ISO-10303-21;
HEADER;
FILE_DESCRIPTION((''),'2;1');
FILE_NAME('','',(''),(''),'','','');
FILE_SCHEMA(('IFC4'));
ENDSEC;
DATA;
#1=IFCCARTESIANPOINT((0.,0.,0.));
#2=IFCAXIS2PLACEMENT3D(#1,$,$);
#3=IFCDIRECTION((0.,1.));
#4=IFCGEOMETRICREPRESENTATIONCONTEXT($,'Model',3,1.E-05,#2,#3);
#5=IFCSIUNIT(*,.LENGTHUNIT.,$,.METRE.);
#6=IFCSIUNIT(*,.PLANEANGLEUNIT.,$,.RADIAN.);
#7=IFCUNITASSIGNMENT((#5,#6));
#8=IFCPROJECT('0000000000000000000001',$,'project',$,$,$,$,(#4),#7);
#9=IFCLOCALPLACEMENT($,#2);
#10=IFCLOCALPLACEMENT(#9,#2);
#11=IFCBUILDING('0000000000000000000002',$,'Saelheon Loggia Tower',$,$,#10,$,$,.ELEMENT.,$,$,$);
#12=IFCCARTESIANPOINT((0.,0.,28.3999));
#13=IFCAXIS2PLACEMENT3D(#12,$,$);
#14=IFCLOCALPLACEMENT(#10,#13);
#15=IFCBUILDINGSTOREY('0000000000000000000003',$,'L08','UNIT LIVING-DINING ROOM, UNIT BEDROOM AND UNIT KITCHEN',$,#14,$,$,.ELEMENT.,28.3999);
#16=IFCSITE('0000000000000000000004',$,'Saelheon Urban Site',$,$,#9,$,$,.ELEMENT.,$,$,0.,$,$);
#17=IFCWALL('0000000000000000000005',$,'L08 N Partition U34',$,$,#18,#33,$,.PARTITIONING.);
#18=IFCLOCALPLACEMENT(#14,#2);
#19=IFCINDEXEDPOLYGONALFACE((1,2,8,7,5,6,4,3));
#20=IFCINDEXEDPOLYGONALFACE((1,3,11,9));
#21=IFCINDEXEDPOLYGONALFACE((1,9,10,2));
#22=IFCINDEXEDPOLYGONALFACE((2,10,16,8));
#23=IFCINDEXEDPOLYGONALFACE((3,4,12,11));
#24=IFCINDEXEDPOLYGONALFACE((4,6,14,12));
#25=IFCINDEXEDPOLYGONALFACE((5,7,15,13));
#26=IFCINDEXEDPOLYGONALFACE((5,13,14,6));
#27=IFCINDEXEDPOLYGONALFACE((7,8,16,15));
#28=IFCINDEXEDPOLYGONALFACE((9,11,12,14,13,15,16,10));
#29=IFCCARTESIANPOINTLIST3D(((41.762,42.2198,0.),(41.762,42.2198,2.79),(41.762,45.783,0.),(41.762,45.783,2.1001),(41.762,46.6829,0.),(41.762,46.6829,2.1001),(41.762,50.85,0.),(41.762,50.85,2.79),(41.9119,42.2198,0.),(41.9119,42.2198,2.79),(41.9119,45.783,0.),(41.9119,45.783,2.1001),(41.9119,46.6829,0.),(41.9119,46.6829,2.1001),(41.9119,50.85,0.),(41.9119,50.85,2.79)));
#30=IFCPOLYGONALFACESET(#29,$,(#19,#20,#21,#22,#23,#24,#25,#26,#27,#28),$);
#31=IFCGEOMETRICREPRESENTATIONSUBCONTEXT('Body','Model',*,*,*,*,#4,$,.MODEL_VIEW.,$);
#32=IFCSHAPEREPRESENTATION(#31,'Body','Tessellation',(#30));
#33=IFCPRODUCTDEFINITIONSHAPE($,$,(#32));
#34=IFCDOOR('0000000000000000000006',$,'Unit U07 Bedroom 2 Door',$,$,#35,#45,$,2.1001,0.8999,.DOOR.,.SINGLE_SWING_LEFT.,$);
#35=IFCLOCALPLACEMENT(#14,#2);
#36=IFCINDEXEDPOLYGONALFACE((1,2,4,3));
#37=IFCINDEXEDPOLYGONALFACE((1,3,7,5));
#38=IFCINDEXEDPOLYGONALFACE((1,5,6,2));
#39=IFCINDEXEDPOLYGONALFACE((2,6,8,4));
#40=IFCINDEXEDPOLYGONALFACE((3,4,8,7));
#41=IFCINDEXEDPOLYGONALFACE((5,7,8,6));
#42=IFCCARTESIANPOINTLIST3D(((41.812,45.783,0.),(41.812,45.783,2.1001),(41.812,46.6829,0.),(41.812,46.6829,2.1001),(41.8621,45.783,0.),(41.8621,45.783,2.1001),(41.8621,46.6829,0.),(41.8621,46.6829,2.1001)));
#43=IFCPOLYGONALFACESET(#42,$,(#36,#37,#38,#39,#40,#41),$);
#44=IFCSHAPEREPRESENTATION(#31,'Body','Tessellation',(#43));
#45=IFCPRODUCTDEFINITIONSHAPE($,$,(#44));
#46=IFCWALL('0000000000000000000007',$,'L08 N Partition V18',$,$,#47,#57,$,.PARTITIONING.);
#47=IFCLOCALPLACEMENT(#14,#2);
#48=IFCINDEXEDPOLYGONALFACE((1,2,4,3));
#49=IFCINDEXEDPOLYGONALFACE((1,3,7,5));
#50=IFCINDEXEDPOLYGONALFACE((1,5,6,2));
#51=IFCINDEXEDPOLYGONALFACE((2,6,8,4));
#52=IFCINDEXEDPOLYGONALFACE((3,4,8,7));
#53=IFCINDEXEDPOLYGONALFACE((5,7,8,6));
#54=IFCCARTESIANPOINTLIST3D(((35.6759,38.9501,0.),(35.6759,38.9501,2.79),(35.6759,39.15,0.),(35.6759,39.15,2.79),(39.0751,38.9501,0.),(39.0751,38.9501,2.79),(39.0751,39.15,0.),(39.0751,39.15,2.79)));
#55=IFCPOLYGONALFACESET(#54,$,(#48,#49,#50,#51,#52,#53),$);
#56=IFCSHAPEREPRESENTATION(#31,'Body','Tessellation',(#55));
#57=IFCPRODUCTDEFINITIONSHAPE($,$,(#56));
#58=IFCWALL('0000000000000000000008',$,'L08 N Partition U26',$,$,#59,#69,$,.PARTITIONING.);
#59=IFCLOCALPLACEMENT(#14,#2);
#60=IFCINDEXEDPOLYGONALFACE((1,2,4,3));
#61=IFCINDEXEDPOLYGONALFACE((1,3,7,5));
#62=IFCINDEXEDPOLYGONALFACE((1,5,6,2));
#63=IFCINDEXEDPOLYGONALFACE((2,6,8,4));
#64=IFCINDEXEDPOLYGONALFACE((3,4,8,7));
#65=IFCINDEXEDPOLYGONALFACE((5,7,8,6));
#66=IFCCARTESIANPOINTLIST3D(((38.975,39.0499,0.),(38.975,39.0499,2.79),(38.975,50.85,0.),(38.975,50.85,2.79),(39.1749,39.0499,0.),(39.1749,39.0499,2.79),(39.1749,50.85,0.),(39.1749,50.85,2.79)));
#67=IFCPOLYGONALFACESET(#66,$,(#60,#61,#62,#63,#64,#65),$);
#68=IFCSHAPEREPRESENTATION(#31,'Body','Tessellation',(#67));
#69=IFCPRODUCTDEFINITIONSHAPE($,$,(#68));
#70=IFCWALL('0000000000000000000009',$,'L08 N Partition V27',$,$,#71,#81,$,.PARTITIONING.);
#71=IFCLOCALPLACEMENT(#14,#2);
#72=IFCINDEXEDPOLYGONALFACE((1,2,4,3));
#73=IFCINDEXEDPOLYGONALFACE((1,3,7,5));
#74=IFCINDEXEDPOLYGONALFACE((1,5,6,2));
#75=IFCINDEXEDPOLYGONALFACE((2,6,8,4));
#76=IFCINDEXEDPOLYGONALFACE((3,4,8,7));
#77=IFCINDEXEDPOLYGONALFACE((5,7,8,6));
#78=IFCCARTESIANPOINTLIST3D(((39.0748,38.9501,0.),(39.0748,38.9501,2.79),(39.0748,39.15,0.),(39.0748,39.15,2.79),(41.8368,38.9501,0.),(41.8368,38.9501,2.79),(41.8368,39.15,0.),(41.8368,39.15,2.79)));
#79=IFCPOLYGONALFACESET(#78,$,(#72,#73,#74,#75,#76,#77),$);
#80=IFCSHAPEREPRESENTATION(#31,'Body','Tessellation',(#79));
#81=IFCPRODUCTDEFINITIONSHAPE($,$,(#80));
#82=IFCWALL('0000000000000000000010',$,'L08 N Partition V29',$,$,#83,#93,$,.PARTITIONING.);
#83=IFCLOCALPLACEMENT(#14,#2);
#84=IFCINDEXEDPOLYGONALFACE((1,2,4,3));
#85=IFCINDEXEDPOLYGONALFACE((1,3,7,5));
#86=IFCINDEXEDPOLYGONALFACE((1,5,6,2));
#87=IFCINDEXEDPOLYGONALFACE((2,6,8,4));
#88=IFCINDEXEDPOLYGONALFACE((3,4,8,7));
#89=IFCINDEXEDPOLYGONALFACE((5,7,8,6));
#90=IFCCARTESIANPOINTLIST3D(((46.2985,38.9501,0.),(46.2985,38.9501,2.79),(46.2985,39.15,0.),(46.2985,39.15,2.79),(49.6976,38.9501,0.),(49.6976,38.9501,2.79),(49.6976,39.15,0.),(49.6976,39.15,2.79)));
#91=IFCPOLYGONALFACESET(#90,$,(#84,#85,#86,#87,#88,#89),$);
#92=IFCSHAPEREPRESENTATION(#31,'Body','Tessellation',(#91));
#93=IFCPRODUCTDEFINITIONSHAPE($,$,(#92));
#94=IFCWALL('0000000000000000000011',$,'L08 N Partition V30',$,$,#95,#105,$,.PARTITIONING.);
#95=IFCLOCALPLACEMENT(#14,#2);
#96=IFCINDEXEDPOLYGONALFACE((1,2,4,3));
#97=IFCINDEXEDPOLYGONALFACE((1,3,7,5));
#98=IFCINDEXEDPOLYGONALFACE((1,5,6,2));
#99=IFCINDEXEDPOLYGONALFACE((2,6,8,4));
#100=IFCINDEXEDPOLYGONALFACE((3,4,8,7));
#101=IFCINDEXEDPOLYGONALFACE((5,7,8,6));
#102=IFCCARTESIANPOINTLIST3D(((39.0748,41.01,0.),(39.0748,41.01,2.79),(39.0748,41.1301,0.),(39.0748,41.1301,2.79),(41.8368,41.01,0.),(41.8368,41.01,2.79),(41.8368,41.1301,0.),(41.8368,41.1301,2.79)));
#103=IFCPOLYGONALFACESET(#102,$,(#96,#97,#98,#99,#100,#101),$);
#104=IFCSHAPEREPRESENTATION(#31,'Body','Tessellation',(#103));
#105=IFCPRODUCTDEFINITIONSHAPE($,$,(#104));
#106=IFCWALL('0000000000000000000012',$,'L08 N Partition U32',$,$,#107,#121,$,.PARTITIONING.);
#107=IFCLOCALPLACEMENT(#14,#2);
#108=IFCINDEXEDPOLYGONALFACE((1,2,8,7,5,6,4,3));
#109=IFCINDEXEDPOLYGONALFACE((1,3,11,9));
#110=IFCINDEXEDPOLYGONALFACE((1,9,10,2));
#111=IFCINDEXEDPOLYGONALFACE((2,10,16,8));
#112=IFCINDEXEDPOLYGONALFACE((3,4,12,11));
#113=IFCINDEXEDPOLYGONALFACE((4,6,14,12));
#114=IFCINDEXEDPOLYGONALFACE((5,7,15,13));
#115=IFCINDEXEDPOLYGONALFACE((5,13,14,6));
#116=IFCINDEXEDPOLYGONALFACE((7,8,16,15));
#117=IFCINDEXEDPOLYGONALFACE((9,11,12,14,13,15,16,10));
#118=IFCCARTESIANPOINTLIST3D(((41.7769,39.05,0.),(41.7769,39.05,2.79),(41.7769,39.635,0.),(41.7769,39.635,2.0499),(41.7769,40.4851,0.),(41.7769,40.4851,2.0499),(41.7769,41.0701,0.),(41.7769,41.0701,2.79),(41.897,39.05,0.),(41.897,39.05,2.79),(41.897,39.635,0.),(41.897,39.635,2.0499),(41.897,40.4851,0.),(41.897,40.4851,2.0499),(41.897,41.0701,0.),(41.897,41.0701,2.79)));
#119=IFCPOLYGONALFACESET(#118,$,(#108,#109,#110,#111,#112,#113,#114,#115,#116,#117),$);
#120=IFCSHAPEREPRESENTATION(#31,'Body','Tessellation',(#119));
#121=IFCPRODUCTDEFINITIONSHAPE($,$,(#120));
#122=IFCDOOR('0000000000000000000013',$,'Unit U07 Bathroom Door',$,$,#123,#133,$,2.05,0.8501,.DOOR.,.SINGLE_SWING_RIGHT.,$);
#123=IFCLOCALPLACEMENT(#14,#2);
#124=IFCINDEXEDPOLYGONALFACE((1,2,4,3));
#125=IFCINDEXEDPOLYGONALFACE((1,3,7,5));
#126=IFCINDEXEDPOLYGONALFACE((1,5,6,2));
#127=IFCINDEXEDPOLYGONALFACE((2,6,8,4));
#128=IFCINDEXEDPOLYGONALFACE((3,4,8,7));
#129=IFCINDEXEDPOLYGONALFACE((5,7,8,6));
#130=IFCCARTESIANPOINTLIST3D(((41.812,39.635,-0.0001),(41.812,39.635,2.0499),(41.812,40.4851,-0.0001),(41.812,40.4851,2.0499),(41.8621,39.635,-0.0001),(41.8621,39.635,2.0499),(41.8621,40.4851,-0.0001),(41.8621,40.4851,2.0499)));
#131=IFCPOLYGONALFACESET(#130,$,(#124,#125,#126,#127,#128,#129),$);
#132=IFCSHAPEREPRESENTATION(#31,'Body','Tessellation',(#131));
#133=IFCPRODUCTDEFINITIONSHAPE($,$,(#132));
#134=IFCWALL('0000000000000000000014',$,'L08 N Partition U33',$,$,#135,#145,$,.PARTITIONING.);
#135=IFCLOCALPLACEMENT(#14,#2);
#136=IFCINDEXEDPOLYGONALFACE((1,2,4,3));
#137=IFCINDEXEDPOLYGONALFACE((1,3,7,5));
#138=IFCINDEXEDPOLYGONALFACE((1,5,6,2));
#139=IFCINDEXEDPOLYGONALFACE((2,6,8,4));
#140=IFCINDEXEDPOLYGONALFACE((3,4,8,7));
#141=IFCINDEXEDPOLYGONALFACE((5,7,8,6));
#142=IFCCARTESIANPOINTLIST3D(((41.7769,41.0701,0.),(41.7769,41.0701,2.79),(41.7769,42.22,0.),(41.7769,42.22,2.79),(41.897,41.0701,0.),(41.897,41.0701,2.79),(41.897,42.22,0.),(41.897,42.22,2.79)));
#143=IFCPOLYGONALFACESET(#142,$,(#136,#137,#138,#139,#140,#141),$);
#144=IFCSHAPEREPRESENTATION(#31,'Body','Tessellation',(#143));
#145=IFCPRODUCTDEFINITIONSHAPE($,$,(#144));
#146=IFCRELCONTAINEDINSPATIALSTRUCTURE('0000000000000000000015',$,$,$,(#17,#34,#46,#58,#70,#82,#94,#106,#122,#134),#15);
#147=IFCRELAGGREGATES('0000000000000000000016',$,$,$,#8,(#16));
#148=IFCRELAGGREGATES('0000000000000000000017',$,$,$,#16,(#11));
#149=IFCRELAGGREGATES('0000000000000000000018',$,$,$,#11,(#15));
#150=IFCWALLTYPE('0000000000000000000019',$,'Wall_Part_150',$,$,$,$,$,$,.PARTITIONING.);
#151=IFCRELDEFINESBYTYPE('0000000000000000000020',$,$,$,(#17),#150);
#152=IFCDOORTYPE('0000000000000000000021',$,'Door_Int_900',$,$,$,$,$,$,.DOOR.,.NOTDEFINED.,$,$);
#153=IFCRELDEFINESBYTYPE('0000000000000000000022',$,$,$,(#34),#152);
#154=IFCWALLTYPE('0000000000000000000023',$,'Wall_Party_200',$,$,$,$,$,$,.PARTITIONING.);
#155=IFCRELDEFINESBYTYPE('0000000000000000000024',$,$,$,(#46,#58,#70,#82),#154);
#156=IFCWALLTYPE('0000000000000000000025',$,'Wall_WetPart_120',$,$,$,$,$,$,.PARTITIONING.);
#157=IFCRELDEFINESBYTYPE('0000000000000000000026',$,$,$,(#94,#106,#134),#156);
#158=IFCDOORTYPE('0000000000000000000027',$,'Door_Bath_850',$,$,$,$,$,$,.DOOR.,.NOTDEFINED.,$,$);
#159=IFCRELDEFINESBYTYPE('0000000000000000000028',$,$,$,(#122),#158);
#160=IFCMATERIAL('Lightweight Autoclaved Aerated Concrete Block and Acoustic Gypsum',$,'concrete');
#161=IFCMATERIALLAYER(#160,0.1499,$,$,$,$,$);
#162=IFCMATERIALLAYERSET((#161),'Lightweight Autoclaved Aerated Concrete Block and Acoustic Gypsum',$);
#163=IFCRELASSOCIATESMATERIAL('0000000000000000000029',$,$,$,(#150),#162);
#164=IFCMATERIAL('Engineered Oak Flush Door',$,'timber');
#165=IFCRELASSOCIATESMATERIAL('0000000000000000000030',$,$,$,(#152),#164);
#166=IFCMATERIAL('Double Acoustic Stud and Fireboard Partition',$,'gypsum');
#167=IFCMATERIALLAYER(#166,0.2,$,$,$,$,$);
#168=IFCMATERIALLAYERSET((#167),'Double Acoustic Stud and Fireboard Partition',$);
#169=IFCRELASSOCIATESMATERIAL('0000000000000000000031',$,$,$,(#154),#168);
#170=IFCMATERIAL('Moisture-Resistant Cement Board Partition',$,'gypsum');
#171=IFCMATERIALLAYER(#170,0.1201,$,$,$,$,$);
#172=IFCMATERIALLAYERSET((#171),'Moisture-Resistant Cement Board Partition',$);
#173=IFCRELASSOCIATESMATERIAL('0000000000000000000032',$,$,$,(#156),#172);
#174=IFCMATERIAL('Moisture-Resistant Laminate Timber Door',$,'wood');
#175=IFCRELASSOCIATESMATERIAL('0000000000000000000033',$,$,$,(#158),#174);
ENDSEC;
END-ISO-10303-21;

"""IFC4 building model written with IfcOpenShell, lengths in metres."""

from ifc_helpers import new_model, si_unit, direction, frame, frame_2d, origin, place, context, subcontext, project, spatial, rectangle, extrude, source, transform, mapped, material, layer, layer_set, type_object, element, fill, save


model = new_model("IFC4")

# Units and contexts
model_context = context("Model", 3, precision=1e-05, world=origin(), true_north=direction((0.0, 1.0)))
body_context = subcontext(model_context, "Body", "Model", "MODEL_VIEW")
ifc_project = project(units=[si_unit("LENGTHUNIT", "METRE"), si_unit("PLANEANGLEUNIT", "RADIAN")], contexts=[model_context])

# Site, building, storey
site_placement = place(None, origin())
site = spatial("IfcSite", under=ifc_project, at=site_placement, Name="Saelheon Urban Site", CompositionType="ELEMENT", RefElevation=0.0)
building_placement = place(site_placement, origin())
building = spatial("IfcBuilding", under=site, at=building_placement, Name="Saelheon Loggia Tower", CompositionType="ELEMENT")
storey_placement = place(building_placement, frame((0.0, 0.0, 28.3999)))
storey = spatial("IfcBuildingStorey", under=building, at=storey_placement, Name="L08", Description="UNIT LIVING-DINING ROOM, UNIT BEDROOM AND UNIT KITCHEN", CompositionType="ELEMENT", Elevation=28.3999)

# Shared definitions
ifc_material_1 = material(Name="Lightweight Autoclaved Aerated Concrete Block and Acoustic Gypsum", Category="concrete")
ifc_layer_1 = layer(ifc_material_1, 0.1499)
ifc_layer_set_1 = layer_set([ifc_layer_1], Name="Lightweight Autoclaved Aerated Concrete Block and Acoustic Gypsum")
wall_type_1 = type_object("IfcWallType", Name="Wall_Part_150", PredefinedType="PARTITIONING", material=ifc_layer_set_1)

# Wall, opening, door
ifc_material_2 = material(Name="Engineered Oak Flush Door", Category="timber")
door_type_1 = type_object("IfcDoorType", Name="Door_Int_900", OperationType="NOTDEFINED", PredefinedType="DOOR", material=ifc_material_2)
shared_shape_1 = source(origin(), body_context, "Body", "SweptSolid", [
    extrude(rectangle(XDim=0.8999, YDim=2.1001, at=frame_2d((0.45, 1.05))), frame((0.0, 0.0249, 0.0), z_axis=(0.0, -1.0, 0.0), x_axis=(1.0, 0.0, 0.0)), (0.0, 0.0, 1.0), 0.05),
])
wall_1_placement = place(storey_placement, frame((41.8369, 42.22, 0.0), z_axis=(0.0, 0.0, 1.0), x_axis=(0.0, 1.0, 0.0)))
wall_1 = element("IfcWall", 1, at=wall_1_placement, inside=storey, type_object=wall_type_1, Name="L08 N Partition U34", PredefinedType="PARTITIONING", context=body_context, shape_type="SweptSolid", body=[
    extrude(rectangle(XDim=8.6301, YDim=0.1499, at=frame_2d((4.3149, 0.0))), origin(), (0.0, 0.0, 1.0), 2.79),
])
opening_1_placement = place(wall_1_placement, frame((3.563, 0.0, 0.0)))
opening_1 = element("IfcOpeningElement", 2, at=opening_1_placement, cuts=wall_1, PredefinedType="OPENING", context=body_context, shape_type="SweptSolid", body=[
    extrude(rectangle(XDim=0.8999, YDim=2.1001, at=frame_2d((0.45, 1.05))), frame((0.0, 0.0869, 0.0), z_axis=(0.0, -1.0, 0.0), x_axis=(1.0, 0.0, 0.0)), (0.0, 0.0, 1.0), 0.1738),
])
door_1_placement = place(opening_1_placement, origin())
door_1 = element("IfcDoor", 3, at=door_1_placement, inside=storey, type_object=door_type_1, Name="Unit U07 Bedroom 2 Door", OperationType="SINGLE_SWING_LEFT", OverallHeight=2.1001, OverallWidth=0.8999, PredefinedType="DOOR", context=body_context, shape_type="MappedRepresentation", body=[
    mapped(shared_shape_1, transform((0.0, 0.0, 0.0), scale=1.0)),
])
fill(opening_1, door_1)

# Walls
ifc_material_3 = material(Name="Double Acoustic Stud and Fireboard Partition", Category="gypsum")
ifc_layer_2 = layer(ifc_material_3, 0.2)
ifc_layer_set_2 = layer_set([ifc_layer_2], Name="Double Acoustic Stud and Fireboard Partition")
wall_type_2 = type_object("IfcWallType", Name="Wall_Party_200", PredefinedType="PARTITIONING", material=ifc_layer_set_2)
wall_2_placement = place(storey_placement, frame((35.6758, 39.05, 0.0), z_axis=(0.0, 0.0, 1.0), x_axis=(1.0, 0.0, 0.0)))
element("IfcWall", 4, at=wall_2_placement, inside=storey, type_object=wall_type_2, Name="L08 N Partition V18", PredefinedType="PARTITIONING", context=body_context, shape_type="SweptSolid", body=[
    extrude(rectangle(XDim=3.3992, YDim=0.2, at=frame_2d((1.6997, 0.0))), origin(), (0.0, 0.0, 1.0), 2.79),
])
wall_3_placement = place(storey_placement, frame((39.075, 39.05, 0.0), z_axis=(0.0, 0.0, 1.0), x_axis=(0.0, 1.0, 0.0)))
element("IfcWall", 5, at=wall_3_placement, inside=storey, type_object=wall_type_2, Name="L08 N Partition U26", PredefinedType="PARTITIONING", context=body_context, shape_type="SweptSolid", body=[
    extrude(rectangle(XDim=11.8, YDim=0.2, at=frame_2d((5.8999, 0.0))), origin(), (0.0, 0.0, 1.0), 2.79),
])
wall_4_placement = place(storey_placement, frame((39.075, 39.05, 0.0), z_axis=(0.0, 0.0, 1.0), x_axis=(1.0, 0.0, 0.0)))
element("IfcWall", 6, at=wall_4_placement, inside=storey, type_object=wall_type_2, Name="L08 N Partition V27", PredefinedType="PARTITIONING", context=body_context, shape_type="SweptSolid", body=[
    extrude(rectangle(XDim=2.762, YDim=0.2, at=frame_2d((1.3809, 0.0))), origin(), (0.0, 0.0, 1.0), 2.79),
])

# Walls
wall_5_placement = place(storey_placement, frame((46.2983, 39.05, 0.0), z_axis=(0.0, 0.0, 1.0), x_axis=(1.0, 0.0, 0.0)))
element("IfcWall", 7, at=wall_5_placement, inside=storey, type_object=wall_type_2, Name="L08 N Partition V29", PredefinedType="PARTITIONING", context=body_context, shape_type="SweptSolid", body=[
    extrude(rectangle(XDim=3.3992, YDim=0.2, at=frame_2d((1.6997, 0.0))), origin(), (0.0, 0.0, 1.0), 2.79),
])
ifc_material_4 = material(Name="Moisture-Resistant Cement Board Partition", Category="gypsum")
ifc_layer_3 = layer(ifc_material_4, 0.1201)
ifc_layer_set_3 = layer_set([ifc_layer_3], Name="Moisture-Resistant Cement Board Partition")
wall_type_3 = type_object("IfcWallType", Name="Wall_WetPart_120", PredefinedType="PARTITIONING", material=ifc_layer_set_3)
wall_6_placement = place(storey_placement, frame((39.075, 41.0701, 0.0), z_axis=(0.0, 0.0, 1.0), x_axis=(1.0, 0.0, 0.0)))
element("IfcWall", 8, at=wall_6_placement, inside=storey, type_object=wall_type_3, Name="L08 N Partition V30", PredefinedType="PARTITIONING", context=body_context, shape_type="SweptSolid", body=[
    extrude(rectangle(XDim=2.762, YDim=0.1201, at=frame_2d((1.3809, 0.0))), origin(), (0.0, 0.0, 1.0), 2.79),
])

# Wall, opening, door
wall_7_placement = place(storey_placement, frame((41.8369, 39.05, 0.0), z_axis=(0.0, 0.0, 1.0), x_axis=(0.0, 1.0, 0.0)))
wall_7 = element("IfcWall", 9, at=wall_7_placement, inside=storey, type_object=wall_type_3, Name="L08 N Partition U32", PredefinedType="PARTITIONING", context=body_context, shape_type="SweptSolid", body=[
    extrude(rectangle(XDim=2.02, YDim=0.1201, at=frame_2d((1.01, 0.0))), origin(), (0.0, 0.0, 1.0), 2.79),
])
opening_2_placement = place(wall_7_placement, frame((0.585, 0.0, 0.0)))
opening_2 = element("IfcOpeningElement", 10, at=opening_2_placement, cuts=wall_7, PredefinedType="OPENING", context=body_context, shape_type="SweptSolid", body=[
    extrude(rectangle(XDim=0.8501, YDim=2.05, at=frame_2d((0.425, 1.0249))), frame((0.0, 0.072, 0.0), z_axis=(0.0, -1.0, 0.0), x_axis=(1.0, 0.0, 0.0)), (0.0, 0.0, 1.0), 0.144),
])
ifc_material_5 = material(Name="Moisture-Resistant Laminate Timber Door", Category="wood")
door_type_2 = type_object("IfcDoorType", Name="Door_Bath_850", OperationType="NOTDEFINED", PredefinedType="DOOR", material=ifc_material_5)
shared_shape_2 = source(origin(), body_context, "Body", "SweptSolid", [
    extrude(rectangle(XDim=0.8501, YDim=2.05, at=frame_2d((0.425, 1.0249))), frame((0.0, 0.0249, 0.0), z_axis=(0.0, -1.0, 0.0), x_axis=(1.0, 0.0, 0.0)), (0.0, 0.0, 1.0), 0.05),
])
door_2_placement = place(opening_2_placement, origin())
door_2 = element("IfcDoor", 11, at=door_2_placement, inside=storey, type_object=door_type_2, Name="Unit U07 Bathroom Door", OperationType="SINGLE_SWING_RIGHT", OverallHeight=2.05, OverallWidth=0.8501, PredefinedType="DOOR", context=body_context, shape_type="MappedRepresentation", body=[
    mapped(shared_shape_2, transform((0.0, 0.0, 0.0), scale=1.0)),
])
fill(opening_2, door_2)

# Wall
wall_8_placement = place(storey_placement, frame((41.8369, 41.0701, 0.0), z_axis=(0.0, 0.0, 1.0), x_axis=(0.0, 1.0, 0.0)))
element("IfcWall", 12, at=wall_8_placement, inside=storey, type_object=wall_type_3, Name="L08 N Partition U33", PredefinedType="PARTITIONING", context=body_context, shape_type="SweptSolid", body=[
    extrude(rectangle(XDim=1.1499, YDim=0.1201, at=frame_2d((0.575, 0.0))), origin(), (0.0, 0.0, 1.0), 2.79),
])

save(model, "model.ifc")
